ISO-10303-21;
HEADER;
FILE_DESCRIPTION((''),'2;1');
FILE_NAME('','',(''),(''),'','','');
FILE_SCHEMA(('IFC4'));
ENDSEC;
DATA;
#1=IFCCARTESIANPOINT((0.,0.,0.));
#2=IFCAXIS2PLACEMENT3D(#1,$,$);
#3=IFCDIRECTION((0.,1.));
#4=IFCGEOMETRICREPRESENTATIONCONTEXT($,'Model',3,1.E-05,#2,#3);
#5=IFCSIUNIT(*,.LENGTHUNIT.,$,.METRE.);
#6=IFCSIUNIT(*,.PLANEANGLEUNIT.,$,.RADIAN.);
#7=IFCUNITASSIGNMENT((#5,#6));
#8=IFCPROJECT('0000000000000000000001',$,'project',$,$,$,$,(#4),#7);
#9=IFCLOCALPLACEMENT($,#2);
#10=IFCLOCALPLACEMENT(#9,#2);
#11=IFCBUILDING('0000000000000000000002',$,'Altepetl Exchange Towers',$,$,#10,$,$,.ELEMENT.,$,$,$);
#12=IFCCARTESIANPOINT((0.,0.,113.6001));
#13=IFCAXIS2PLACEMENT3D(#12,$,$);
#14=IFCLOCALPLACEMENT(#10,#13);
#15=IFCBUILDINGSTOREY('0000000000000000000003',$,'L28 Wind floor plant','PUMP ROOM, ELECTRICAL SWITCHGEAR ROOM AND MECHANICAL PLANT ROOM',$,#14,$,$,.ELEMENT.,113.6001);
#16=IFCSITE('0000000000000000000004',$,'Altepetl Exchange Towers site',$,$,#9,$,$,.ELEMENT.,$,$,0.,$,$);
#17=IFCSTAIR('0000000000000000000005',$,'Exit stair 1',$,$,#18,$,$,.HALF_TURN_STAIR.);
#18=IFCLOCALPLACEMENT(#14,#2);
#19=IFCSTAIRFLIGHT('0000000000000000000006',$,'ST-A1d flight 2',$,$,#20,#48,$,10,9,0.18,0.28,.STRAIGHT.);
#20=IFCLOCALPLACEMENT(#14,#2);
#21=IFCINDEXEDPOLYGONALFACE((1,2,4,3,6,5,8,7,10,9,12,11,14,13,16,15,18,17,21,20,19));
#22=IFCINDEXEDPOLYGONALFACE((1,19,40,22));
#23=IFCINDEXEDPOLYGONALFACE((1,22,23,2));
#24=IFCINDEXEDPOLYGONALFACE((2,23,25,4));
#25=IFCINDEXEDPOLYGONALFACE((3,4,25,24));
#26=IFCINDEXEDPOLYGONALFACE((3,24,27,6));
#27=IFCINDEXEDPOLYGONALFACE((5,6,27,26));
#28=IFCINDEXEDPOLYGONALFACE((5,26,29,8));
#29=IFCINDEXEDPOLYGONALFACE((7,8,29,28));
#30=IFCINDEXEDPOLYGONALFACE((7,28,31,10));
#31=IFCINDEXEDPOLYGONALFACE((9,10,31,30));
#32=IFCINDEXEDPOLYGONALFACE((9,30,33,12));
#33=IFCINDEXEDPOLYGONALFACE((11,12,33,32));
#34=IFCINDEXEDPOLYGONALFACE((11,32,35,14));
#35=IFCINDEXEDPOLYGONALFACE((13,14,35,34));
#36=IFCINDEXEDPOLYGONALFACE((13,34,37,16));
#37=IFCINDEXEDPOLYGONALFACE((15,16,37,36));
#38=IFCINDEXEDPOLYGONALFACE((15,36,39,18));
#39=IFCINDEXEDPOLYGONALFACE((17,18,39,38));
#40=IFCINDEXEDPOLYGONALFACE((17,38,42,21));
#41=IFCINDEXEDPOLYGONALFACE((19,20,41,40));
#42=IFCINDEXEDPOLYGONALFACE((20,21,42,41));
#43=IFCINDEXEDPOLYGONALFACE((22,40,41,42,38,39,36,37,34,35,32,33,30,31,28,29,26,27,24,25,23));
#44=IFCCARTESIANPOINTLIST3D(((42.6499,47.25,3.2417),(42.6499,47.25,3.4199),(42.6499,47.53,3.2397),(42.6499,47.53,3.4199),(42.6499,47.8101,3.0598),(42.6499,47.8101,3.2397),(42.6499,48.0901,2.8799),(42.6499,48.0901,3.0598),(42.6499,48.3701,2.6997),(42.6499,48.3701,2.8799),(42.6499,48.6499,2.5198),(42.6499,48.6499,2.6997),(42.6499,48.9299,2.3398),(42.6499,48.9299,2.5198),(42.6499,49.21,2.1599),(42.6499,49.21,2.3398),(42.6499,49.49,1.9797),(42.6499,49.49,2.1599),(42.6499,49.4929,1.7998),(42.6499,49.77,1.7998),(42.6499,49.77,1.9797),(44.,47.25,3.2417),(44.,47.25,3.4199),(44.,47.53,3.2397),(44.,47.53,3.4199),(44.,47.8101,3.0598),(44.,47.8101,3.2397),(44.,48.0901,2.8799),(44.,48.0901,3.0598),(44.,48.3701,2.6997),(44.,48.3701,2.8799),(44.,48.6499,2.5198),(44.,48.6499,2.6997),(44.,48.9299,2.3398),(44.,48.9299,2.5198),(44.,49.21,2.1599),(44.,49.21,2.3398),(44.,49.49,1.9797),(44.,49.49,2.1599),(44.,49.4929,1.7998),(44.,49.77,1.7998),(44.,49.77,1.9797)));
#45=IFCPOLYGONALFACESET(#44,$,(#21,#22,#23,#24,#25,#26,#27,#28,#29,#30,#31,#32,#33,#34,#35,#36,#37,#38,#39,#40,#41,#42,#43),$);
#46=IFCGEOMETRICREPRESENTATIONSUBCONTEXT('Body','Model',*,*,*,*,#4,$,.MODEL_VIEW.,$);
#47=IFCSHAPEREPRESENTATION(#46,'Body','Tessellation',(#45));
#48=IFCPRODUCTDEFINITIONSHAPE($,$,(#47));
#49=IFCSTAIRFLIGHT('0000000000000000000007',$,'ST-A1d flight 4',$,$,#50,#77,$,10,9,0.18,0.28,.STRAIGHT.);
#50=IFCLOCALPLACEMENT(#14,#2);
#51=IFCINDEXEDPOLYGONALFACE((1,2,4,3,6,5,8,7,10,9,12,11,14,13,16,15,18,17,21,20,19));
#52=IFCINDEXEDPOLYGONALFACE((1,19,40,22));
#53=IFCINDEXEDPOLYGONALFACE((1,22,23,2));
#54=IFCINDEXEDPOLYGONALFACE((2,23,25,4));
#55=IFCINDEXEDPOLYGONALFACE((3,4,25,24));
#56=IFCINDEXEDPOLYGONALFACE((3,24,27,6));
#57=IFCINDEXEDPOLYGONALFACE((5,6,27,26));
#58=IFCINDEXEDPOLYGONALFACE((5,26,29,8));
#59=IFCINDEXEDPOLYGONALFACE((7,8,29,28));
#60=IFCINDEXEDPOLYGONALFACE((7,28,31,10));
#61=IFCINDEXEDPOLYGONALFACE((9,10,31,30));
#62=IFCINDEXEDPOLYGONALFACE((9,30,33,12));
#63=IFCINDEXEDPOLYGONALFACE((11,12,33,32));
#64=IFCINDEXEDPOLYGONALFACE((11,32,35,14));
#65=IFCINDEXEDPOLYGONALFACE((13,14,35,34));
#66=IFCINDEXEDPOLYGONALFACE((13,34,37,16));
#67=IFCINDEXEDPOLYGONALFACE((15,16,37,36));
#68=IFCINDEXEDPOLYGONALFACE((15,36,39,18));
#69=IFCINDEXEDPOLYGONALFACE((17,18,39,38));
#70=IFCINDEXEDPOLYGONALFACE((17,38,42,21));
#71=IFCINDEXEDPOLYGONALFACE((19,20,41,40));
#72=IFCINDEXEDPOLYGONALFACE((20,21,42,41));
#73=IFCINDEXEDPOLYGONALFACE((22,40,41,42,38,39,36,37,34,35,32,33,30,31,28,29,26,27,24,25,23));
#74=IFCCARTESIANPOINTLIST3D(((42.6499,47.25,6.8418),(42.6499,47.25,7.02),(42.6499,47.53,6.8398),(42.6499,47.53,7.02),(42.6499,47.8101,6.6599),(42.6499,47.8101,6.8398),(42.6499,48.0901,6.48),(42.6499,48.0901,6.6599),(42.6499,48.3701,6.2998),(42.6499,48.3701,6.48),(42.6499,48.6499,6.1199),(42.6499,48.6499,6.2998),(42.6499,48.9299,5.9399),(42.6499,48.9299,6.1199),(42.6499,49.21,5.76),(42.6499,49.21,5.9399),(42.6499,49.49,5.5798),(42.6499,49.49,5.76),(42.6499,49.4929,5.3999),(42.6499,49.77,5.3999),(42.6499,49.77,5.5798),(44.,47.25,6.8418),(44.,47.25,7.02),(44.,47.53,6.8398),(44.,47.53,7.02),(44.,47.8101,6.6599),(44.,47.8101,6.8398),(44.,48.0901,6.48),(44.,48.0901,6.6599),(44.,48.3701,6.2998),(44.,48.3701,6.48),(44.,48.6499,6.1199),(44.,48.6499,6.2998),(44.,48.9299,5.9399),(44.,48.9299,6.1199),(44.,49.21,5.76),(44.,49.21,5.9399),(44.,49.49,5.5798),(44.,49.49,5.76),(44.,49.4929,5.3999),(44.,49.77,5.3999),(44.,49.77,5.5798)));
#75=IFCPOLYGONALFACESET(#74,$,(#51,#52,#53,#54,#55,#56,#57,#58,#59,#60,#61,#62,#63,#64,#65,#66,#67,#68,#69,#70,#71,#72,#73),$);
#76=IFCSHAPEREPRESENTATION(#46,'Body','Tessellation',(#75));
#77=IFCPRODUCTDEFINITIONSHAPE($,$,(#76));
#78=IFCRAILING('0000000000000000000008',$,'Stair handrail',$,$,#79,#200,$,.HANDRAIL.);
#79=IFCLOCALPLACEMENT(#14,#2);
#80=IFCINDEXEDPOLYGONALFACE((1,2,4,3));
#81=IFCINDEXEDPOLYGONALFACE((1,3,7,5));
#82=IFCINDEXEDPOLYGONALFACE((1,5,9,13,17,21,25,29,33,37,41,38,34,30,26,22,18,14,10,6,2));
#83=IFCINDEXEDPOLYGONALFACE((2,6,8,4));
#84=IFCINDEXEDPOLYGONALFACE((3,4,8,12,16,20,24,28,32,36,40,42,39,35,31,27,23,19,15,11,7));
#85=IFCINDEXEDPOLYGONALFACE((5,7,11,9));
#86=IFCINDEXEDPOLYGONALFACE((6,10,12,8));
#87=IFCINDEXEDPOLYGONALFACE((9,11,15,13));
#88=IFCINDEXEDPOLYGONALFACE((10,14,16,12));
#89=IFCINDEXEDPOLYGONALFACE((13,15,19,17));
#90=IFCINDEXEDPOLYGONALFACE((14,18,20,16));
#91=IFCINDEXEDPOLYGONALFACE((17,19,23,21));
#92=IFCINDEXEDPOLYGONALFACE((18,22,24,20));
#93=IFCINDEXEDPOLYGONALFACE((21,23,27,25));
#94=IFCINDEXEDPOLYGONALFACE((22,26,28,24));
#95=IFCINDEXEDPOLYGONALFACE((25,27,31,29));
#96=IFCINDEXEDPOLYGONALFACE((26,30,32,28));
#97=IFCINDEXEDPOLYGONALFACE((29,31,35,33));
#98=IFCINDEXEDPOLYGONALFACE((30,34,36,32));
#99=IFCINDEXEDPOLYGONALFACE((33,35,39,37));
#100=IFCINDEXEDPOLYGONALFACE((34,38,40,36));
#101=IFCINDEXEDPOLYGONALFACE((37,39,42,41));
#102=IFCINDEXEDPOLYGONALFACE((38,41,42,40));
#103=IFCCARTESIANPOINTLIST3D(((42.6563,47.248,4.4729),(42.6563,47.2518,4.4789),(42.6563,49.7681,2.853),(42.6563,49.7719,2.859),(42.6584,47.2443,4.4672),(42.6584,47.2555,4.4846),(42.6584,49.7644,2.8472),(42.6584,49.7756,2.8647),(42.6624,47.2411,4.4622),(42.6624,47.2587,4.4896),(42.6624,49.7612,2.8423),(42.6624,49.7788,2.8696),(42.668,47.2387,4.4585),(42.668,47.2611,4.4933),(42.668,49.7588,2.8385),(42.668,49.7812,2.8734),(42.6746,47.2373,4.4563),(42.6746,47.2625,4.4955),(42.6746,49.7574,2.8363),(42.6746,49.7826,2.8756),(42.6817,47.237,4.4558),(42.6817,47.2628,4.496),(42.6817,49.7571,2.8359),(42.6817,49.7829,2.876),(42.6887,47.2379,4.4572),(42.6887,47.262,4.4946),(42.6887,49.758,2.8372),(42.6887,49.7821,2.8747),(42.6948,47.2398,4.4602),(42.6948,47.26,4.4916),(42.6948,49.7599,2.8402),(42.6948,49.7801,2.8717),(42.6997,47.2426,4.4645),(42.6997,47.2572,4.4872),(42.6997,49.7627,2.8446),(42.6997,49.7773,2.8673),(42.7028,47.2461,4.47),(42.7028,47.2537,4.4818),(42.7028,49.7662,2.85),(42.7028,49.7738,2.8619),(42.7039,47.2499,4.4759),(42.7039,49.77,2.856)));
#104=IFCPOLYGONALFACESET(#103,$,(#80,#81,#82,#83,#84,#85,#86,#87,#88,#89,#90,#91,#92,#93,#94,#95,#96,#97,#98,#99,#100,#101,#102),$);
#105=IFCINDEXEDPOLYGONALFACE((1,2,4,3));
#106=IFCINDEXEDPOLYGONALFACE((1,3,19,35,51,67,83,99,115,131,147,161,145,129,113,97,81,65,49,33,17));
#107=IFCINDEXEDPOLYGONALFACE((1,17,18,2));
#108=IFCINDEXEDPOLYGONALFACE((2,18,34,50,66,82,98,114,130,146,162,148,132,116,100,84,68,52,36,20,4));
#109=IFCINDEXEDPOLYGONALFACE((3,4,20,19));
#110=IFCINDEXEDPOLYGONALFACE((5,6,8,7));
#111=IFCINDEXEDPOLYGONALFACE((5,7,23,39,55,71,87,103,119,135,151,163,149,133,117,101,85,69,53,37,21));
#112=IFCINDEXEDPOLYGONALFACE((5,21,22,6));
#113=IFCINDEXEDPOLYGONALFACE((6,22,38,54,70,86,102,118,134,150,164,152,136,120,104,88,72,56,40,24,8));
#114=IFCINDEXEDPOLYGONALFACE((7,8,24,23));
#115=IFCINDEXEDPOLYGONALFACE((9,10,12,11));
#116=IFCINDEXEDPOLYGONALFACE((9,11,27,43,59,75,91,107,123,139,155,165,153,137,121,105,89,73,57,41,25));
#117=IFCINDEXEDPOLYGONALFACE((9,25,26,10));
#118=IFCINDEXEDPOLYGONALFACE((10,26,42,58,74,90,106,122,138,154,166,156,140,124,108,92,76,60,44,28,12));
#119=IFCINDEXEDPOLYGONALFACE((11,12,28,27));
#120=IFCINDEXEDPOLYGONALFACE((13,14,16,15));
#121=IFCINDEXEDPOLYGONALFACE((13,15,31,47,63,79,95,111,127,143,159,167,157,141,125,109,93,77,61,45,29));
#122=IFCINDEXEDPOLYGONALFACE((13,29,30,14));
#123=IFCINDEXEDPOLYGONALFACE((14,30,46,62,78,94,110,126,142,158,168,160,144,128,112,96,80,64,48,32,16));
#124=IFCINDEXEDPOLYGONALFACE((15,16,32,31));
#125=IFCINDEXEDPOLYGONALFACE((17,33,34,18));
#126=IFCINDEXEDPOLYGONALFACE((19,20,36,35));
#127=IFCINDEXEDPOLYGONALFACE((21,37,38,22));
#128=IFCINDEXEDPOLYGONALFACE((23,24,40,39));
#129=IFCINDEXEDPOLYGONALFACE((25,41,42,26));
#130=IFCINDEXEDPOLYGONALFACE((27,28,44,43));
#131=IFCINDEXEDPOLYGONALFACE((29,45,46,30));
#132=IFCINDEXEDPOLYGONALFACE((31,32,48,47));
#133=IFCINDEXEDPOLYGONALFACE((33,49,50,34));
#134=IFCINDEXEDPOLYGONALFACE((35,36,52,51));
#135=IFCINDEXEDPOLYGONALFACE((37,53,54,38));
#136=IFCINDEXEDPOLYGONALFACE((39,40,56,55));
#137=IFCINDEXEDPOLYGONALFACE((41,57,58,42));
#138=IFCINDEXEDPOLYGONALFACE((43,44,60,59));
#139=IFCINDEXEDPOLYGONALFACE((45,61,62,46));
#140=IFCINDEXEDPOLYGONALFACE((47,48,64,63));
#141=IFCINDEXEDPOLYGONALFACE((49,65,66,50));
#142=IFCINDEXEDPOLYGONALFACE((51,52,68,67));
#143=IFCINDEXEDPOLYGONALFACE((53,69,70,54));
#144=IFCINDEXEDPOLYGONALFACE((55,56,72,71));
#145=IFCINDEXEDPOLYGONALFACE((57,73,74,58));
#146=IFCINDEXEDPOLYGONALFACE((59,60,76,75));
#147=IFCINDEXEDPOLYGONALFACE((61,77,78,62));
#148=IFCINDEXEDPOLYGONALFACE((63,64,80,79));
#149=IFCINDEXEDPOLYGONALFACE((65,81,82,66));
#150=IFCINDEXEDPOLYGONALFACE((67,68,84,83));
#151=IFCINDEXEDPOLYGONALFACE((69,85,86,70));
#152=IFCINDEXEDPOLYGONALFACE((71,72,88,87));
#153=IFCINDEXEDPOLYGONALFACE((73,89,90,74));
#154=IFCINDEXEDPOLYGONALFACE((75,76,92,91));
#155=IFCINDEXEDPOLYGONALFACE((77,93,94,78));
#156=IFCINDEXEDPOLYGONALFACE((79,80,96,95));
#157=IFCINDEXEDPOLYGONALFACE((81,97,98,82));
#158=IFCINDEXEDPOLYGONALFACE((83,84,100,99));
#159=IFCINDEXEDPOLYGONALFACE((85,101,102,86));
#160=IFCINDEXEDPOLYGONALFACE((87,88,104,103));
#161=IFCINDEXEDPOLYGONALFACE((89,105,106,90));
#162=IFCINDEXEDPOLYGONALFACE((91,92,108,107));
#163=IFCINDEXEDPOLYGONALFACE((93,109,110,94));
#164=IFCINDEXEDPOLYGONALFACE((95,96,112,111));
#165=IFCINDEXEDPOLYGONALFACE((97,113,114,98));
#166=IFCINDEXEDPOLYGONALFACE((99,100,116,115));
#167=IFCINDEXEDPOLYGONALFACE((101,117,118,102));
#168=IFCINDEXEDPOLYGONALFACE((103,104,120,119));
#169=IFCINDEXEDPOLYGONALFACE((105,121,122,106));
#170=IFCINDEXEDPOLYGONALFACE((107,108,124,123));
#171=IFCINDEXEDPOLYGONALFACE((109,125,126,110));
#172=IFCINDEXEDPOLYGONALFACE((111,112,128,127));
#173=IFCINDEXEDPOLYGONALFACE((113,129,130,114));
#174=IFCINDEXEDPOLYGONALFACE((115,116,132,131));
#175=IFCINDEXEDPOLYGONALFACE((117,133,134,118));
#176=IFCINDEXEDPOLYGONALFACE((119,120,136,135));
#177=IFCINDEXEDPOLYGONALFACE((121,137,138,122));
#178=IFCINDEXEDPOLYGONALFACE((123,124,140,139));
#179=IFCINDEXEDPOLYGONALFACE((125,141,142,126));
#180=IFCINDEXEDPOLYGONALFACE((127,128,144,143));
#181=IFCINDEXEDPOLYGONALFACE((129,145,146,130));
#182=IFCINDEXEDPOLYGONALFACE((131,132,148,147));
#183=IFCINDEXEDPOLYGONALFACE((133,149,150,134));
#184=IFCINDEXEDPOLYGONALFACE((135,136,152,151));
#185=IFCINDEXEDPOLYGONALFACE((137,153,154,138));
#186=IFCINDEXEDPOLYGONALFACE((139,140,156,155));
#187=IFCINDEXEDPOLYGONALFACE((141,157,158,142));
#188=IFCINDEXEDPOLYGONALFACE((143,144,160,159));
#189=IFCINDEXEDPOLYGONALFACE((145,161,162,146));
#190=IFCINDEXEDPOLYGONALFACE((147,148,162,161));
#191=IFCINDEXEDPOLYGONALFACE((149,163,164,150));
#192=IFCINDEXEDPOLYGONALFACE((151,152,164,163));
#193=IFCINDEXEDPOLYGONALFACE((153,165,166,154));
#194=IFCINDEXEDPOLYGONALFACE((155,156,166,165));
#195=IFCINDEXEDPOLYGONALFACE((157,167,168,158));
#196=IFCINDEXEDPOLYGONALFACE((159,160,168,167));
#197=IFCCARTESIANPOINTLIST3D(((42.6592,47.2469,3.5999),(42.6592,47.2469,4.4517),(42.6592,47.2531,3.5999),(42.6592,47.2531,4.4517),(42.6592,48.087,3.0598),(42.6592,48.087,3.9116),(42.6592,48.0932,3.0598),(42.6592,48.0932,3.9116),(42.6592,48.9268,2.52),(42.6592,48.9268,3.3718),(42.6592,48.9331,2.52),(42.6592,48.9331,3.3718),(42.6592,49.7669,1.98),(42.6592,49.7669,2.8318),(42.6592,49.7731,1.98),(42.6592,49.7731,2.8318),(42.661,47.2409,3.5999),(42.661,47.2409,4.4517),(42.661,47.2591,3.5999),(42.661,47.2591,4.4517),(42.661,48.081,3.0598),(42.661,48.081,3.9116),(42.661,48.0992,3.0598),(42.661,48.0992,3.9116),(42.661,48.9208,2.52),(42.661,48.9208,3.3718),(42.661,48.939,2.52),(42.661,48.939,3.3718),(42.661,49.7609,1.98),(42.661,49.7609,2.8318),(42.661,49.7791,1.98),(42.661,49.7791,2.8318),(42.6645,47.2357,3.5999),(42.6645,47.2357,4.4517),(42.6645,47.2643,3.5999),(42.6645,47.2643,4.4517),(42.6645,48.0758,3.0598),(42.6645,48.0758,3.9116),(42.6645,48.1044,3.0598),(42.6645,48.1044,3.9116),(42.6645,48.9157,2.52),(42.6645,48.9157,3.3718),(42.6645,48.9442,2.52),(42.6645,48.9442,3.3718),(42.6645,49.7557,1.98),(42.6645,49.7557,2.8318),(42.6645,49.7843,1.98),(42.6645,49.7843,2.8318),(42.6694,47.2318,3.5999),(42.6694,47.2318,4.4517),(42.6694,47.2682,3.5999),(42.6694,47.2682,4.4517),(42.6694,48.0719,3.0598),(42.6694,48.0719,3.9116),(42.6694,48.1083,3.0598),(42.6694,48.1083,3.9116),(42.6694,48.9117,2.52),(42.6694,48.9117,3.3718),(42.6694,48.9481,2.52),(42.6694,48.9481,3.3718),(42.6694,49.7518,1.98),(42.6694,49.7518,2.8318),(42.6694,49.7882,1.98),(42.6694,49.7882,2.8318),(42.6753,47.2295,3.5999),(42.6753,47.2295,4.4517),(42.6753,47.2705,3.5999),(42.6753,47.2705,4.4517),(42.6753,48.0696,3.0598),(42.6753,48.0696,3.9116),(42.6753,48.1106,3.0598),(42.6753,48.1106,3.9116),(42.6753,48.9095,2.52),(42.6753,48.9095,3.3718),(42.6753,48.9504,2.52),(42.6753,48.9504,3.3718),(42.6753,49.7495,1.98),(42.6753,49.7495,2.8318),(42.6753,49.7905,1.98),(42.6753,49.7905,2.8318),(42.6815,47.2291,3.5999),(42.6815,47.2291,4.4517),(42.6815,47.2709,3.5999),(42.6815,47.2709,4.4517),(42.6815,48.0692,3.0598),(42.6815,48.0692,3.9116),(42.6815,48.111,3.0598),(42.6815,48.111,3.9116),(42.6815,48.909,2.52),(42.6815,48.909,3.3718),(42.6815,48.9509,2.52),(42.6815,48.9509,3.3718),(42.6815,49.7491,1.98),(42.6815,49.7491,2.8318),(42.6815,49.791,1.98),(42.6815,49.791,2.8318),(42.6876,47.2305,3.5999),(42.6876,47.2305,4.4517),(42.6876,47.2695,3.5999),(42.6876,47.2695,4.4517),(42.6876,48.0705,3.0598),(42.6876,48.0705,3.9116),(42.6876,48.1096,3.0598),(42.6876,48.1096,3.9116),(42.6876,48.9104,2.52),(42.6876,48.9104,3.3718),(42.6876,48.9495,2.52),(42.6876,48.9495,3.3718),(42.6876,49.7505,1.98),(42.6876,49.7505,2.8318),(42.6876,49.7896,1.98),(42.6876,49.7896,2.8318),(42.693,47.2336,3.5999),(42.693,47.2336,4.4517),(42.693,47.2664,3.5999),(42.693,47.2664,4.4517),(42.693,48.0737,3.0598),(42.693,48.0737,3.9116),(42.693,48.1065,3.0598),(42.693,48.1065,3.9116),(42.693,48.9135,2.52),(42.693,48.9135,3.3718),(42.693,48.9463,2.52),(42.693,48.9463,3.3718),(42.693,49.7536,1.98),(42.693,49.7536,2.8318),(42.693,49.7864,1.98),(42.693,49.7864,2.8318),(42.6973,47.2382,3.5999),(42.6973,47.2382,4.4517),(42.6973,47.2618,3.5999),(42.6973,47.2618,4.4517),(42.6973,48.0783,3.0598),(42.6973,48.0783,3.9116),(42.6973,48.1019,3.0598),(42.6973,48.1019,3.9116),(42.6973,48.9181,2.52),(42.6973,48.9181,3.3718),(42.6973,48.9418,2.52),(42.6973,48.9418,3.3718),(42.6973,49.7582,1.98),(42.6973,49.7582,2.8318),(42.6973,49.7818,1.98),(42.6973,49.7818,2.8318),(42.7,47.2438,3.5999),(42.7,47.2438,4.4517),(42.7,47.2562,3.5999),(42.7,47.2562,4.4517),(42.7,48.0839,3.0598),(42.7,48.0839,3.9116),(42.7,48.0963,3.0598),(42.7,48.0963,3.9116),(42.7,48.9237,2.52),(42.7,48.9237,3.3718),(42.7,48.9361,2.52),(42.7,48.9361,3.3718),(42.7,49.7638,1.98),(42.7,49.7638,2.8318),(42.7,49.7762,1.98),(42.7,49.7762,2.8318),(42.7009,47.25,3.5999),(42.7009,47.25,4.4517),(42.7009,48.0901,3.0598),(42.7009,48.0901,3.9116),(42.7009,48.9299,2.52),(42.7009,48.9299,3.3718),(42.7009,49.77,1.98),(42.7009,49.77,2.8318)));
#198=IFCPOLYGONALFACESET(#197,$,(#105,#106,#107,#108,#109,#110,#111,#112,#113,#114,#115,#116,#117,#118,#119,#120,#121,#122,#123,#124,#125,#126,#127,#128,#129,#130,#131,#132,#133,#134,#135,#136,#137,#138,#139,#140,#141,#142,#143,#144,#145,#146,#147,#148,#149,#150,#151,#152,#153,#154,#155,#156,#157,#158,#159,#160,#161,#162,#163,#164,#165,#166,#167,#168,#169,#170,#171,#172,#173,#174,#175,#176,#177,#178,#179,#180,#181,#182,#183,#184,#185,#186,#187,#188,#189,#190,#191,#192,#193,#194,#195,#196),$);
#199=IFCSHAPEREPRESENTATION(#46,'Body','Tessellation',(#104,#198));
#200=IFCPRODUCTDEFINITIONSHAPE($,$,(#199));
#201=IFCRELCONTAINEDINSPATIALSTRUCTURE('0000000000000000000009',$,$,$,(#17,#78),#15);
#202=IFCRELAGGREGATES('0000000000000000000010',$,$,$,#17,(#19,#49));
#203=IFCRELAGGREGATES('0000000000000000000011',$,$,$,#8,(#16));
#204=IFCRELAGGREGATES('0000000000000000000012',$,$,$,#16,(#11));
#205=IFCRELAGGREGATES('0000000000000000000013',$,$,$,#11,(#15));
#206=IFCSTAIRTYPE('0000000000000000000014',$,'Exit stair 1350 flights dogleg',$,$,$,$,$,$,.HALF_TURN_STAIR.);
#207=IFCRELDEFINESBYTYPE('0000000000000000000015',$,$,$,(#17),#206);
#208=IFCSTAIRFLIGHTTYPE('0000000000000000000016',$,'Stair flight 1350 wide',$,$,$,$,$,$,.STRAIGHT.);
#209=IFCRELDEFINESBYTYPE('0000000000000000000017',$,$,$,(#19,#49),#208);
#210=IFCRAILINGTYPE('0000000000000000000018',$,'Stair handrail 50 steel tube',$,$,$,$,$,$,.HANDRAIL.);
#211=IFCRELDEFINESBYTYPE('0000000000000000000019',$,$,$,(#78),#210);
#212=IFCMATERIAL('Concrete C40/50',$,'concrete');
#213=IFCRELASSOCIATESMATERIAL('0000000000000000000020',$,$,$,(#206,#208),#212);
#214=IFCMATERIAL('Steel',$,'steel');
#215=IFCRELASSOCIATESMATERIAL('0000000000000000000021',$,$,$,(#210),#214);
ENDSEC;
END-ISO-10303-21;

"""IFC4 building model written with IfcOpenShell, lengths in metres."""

from ifc_helpers import new_model, si_unit, direction, frame, origin, origin_2d, place, context, subcontext, project, spatial, polyline, circle, outline, extrude, source, transform, mapped, material, type_object, element, aggregate, save


model = new_model("IFC4")

# Units and contexts
model_context = context("Model", 3, precision=1e-05, world=origin(), true_north=direction((0.0, 1.0)))
body_context = subcontext(model_context, "Body", "Model", "MODEL_VIEW")
ifc_project = project(units=[si_unit("LENGTHUNIT", "METRE"), si_unit("PLANEANGLEUNIT", "RADIAN")], contexts=[model_context])

# Site, building, storey
site_placement = place(None, origin())
site = spatial("IfcSite", under=ifc_project, at=site_placement, Name="Altepetl Exchange Towers site", CompositionType="ELEMENT", RefElevation=0.0)
building_placement = place(site_placement, origin())
building = spatial("IfcBuilding", under=site, at=building_placement, Name="Altepetl Exchange Towers", CompositionType="ELEMENT")
storey_placement = place(building_placement, frame((0.0, 0.0, 113.6001)))
storey = spatial("IfcBuildingStorey", under=building, at=storey_placement, Name="L28 Wind floor plant", Description="PUMP ROOM, ELECTRICAL SWITCHGEAR ROOM AND MECHANICAL PLANT ROOM", CompositionType="ELEMENT", Elevation=113.6001)

# Shared definitions
ifc_material_1 = material(Name="Concrete C40/50", Category="concrete")

# Stair, stair flights
stair_type = type_object("IfcStairType", Name="Exit stair 1350 flights dogleg", PredefinedType="HALF_TURN_STAIR", material=ifc_material_1)
stair_placement = place(storey_placement, origin())
stair = element("IfcStair", 1, at=stair_placement, inside=storey, type_object=stair_type, Name="Exit stair 1", PredefinedType="HALF_TURN_STAIR")
stair_flight_type = type_object("IfcStairFlightType", Name="Stair flight 1350 wide", PredefinedType="STRAIGHT", material=ifc_material_1)
stair_flight_1_placement = place(storey_placement, frame((43.325, 49.77, 1.7998), z_axis=(0.0, 0.0, 1.0), x_axis=(0.0, -1.0, 0.0)))
stair_flight_1 = element("IfcStairFlight", 2, at=stair_flight_1_placement, type_object=stair_flight_type, Name="ST-A1d flight 2", NumberOfRisers=10, NumberOfTreads=9, PredefinedType="STRAIGHT", RiserHeight=0.18, TreadLength=0.28, context=body_context, shape_type="SweptSolid", body=[
    extrude(outline(polyline([(0.0, 0.0), (0.0, 0.1799), (0.28, 0.1799), (0.28, 0.3601), (0.5601, 0.3601), (0.5601, 0.54), (0.8401, 0.54), (0.8401, 0.72), (1.1201, 0.72), (1.1201, 0.8999), (1.3999, 0.8999), (1.3999, 1.0801), (1.6799, 1.0801), (1.6799, 1.26), (1.96, 1.26), (1.96, 1.4399), (2.24, 1.4399), (2.24, 1.6201), (2.52, 1.6201), (2.52, 1.8), (2.52, 1.4419), (0.2771, 0.0), (0.0, 0.0)])), frame((0.0, 0.675, 0.0), z_axis=(0.0, -1.0, 0.0), x_axis=(1.0, 0.0, 0.0)), (0.0, 0.0, 1.0), 1.3501),
])
stair_flight_2_placement = place(storey_placement, frame((43.325, 49.77, 5.3999), z_axis=(0.0, 0.0, 1.0), x_axis=(0.0, -1.0, 0.0)))
stair_flight_2 = element("IfcStairFlight", 3, at=stair_flight_2_placement, type_object=stair_flight_type, Name="ST-A1d flight 4", NumberOfRisers=10, NumberOfTreads=9, PredefinedType="STRAIGHT", RiserHeight=0.18, TreadLength=0.28, context=body_context, shape_type="SweptSolid", body=[
    extrude(outline(polyline([(0.0, 0.0), (0.0, 0.1799), (0.28, 0.1799), (0.28, 0.3601), (0.5601, 0.3601), (0.5601, 0.54), (0.8401, 0.54), (0.8401, 0.72), (1.1201, 0.72), (1.1201, 0.8999), (1.3999, 0.8999), (1.3999, 1.0801), (1.6799, 1.0801), (1.6799, 1.26), (1.96, 1.26), (1.96, 1.4399), (2.24, 1.4399), (2.24, 1.6201), (2.52, 1.6201), (2.52, 1.8), (2.52, 1.4419), (0.2771, 0.0), (0.0, 0.0)])), frame((0.0, 0.675, 0.0), z_axis=(0.0, -1.0, 0.0), x_axis=(1.0, 0.0, 0.0)), (0.0, 0.0, 1.0), 1.3501),
])
aggregate(stair, [stair_flight_1, stair_flight_2])

# Railing
ifc_material_2 = material(Name="Steel", Category="steel")
railing_type = type_object("IfcRailingType", Name="Stair handrail 50 steel tube", PredefinedType="HANDRAIL", material=ifc_material_2)
shared_shape = source(origin(), body_context, "Body", "SweptSolid", [
    extrude(circle(Radius=0.021, at=origin_2d()), origin(), (0.0, 0.0, 1.0), 0.8518),
])
railing_1_placement = place(storey_placement, frame((42.6799, 49.77, 1.98)))
element("IfcRailing", 4, at=railing_1_placement, inside=storey, type_object=railing_type, Name="Stair handrail", PredefinedType="HANDRAIL", context=body_context, shape_type="SweptSolid", body=[
    extrude(circle(Radius=0.0239, at=origin_2d()), frame((0.0, 0.0, 0.876), z_axis=(0.0, -0.8412, 0.540725), x_axis=(1.0, 0.0, 0.0)), (0.0, 0.0, 1.0), 2.9958),
    mapped(shared_shape, transform((0.0, 0.0, 0.0))),
    mapped(shared_shape, transform((0.0, -0.8401, 0.54))),
    mapped(shared_shape, transform((0.0, -1.6799, 1.0798))),
    mapped(shared_shape, transform((0.0, -2.52, 1.6199))),
])

save(model, "model.ifc")
